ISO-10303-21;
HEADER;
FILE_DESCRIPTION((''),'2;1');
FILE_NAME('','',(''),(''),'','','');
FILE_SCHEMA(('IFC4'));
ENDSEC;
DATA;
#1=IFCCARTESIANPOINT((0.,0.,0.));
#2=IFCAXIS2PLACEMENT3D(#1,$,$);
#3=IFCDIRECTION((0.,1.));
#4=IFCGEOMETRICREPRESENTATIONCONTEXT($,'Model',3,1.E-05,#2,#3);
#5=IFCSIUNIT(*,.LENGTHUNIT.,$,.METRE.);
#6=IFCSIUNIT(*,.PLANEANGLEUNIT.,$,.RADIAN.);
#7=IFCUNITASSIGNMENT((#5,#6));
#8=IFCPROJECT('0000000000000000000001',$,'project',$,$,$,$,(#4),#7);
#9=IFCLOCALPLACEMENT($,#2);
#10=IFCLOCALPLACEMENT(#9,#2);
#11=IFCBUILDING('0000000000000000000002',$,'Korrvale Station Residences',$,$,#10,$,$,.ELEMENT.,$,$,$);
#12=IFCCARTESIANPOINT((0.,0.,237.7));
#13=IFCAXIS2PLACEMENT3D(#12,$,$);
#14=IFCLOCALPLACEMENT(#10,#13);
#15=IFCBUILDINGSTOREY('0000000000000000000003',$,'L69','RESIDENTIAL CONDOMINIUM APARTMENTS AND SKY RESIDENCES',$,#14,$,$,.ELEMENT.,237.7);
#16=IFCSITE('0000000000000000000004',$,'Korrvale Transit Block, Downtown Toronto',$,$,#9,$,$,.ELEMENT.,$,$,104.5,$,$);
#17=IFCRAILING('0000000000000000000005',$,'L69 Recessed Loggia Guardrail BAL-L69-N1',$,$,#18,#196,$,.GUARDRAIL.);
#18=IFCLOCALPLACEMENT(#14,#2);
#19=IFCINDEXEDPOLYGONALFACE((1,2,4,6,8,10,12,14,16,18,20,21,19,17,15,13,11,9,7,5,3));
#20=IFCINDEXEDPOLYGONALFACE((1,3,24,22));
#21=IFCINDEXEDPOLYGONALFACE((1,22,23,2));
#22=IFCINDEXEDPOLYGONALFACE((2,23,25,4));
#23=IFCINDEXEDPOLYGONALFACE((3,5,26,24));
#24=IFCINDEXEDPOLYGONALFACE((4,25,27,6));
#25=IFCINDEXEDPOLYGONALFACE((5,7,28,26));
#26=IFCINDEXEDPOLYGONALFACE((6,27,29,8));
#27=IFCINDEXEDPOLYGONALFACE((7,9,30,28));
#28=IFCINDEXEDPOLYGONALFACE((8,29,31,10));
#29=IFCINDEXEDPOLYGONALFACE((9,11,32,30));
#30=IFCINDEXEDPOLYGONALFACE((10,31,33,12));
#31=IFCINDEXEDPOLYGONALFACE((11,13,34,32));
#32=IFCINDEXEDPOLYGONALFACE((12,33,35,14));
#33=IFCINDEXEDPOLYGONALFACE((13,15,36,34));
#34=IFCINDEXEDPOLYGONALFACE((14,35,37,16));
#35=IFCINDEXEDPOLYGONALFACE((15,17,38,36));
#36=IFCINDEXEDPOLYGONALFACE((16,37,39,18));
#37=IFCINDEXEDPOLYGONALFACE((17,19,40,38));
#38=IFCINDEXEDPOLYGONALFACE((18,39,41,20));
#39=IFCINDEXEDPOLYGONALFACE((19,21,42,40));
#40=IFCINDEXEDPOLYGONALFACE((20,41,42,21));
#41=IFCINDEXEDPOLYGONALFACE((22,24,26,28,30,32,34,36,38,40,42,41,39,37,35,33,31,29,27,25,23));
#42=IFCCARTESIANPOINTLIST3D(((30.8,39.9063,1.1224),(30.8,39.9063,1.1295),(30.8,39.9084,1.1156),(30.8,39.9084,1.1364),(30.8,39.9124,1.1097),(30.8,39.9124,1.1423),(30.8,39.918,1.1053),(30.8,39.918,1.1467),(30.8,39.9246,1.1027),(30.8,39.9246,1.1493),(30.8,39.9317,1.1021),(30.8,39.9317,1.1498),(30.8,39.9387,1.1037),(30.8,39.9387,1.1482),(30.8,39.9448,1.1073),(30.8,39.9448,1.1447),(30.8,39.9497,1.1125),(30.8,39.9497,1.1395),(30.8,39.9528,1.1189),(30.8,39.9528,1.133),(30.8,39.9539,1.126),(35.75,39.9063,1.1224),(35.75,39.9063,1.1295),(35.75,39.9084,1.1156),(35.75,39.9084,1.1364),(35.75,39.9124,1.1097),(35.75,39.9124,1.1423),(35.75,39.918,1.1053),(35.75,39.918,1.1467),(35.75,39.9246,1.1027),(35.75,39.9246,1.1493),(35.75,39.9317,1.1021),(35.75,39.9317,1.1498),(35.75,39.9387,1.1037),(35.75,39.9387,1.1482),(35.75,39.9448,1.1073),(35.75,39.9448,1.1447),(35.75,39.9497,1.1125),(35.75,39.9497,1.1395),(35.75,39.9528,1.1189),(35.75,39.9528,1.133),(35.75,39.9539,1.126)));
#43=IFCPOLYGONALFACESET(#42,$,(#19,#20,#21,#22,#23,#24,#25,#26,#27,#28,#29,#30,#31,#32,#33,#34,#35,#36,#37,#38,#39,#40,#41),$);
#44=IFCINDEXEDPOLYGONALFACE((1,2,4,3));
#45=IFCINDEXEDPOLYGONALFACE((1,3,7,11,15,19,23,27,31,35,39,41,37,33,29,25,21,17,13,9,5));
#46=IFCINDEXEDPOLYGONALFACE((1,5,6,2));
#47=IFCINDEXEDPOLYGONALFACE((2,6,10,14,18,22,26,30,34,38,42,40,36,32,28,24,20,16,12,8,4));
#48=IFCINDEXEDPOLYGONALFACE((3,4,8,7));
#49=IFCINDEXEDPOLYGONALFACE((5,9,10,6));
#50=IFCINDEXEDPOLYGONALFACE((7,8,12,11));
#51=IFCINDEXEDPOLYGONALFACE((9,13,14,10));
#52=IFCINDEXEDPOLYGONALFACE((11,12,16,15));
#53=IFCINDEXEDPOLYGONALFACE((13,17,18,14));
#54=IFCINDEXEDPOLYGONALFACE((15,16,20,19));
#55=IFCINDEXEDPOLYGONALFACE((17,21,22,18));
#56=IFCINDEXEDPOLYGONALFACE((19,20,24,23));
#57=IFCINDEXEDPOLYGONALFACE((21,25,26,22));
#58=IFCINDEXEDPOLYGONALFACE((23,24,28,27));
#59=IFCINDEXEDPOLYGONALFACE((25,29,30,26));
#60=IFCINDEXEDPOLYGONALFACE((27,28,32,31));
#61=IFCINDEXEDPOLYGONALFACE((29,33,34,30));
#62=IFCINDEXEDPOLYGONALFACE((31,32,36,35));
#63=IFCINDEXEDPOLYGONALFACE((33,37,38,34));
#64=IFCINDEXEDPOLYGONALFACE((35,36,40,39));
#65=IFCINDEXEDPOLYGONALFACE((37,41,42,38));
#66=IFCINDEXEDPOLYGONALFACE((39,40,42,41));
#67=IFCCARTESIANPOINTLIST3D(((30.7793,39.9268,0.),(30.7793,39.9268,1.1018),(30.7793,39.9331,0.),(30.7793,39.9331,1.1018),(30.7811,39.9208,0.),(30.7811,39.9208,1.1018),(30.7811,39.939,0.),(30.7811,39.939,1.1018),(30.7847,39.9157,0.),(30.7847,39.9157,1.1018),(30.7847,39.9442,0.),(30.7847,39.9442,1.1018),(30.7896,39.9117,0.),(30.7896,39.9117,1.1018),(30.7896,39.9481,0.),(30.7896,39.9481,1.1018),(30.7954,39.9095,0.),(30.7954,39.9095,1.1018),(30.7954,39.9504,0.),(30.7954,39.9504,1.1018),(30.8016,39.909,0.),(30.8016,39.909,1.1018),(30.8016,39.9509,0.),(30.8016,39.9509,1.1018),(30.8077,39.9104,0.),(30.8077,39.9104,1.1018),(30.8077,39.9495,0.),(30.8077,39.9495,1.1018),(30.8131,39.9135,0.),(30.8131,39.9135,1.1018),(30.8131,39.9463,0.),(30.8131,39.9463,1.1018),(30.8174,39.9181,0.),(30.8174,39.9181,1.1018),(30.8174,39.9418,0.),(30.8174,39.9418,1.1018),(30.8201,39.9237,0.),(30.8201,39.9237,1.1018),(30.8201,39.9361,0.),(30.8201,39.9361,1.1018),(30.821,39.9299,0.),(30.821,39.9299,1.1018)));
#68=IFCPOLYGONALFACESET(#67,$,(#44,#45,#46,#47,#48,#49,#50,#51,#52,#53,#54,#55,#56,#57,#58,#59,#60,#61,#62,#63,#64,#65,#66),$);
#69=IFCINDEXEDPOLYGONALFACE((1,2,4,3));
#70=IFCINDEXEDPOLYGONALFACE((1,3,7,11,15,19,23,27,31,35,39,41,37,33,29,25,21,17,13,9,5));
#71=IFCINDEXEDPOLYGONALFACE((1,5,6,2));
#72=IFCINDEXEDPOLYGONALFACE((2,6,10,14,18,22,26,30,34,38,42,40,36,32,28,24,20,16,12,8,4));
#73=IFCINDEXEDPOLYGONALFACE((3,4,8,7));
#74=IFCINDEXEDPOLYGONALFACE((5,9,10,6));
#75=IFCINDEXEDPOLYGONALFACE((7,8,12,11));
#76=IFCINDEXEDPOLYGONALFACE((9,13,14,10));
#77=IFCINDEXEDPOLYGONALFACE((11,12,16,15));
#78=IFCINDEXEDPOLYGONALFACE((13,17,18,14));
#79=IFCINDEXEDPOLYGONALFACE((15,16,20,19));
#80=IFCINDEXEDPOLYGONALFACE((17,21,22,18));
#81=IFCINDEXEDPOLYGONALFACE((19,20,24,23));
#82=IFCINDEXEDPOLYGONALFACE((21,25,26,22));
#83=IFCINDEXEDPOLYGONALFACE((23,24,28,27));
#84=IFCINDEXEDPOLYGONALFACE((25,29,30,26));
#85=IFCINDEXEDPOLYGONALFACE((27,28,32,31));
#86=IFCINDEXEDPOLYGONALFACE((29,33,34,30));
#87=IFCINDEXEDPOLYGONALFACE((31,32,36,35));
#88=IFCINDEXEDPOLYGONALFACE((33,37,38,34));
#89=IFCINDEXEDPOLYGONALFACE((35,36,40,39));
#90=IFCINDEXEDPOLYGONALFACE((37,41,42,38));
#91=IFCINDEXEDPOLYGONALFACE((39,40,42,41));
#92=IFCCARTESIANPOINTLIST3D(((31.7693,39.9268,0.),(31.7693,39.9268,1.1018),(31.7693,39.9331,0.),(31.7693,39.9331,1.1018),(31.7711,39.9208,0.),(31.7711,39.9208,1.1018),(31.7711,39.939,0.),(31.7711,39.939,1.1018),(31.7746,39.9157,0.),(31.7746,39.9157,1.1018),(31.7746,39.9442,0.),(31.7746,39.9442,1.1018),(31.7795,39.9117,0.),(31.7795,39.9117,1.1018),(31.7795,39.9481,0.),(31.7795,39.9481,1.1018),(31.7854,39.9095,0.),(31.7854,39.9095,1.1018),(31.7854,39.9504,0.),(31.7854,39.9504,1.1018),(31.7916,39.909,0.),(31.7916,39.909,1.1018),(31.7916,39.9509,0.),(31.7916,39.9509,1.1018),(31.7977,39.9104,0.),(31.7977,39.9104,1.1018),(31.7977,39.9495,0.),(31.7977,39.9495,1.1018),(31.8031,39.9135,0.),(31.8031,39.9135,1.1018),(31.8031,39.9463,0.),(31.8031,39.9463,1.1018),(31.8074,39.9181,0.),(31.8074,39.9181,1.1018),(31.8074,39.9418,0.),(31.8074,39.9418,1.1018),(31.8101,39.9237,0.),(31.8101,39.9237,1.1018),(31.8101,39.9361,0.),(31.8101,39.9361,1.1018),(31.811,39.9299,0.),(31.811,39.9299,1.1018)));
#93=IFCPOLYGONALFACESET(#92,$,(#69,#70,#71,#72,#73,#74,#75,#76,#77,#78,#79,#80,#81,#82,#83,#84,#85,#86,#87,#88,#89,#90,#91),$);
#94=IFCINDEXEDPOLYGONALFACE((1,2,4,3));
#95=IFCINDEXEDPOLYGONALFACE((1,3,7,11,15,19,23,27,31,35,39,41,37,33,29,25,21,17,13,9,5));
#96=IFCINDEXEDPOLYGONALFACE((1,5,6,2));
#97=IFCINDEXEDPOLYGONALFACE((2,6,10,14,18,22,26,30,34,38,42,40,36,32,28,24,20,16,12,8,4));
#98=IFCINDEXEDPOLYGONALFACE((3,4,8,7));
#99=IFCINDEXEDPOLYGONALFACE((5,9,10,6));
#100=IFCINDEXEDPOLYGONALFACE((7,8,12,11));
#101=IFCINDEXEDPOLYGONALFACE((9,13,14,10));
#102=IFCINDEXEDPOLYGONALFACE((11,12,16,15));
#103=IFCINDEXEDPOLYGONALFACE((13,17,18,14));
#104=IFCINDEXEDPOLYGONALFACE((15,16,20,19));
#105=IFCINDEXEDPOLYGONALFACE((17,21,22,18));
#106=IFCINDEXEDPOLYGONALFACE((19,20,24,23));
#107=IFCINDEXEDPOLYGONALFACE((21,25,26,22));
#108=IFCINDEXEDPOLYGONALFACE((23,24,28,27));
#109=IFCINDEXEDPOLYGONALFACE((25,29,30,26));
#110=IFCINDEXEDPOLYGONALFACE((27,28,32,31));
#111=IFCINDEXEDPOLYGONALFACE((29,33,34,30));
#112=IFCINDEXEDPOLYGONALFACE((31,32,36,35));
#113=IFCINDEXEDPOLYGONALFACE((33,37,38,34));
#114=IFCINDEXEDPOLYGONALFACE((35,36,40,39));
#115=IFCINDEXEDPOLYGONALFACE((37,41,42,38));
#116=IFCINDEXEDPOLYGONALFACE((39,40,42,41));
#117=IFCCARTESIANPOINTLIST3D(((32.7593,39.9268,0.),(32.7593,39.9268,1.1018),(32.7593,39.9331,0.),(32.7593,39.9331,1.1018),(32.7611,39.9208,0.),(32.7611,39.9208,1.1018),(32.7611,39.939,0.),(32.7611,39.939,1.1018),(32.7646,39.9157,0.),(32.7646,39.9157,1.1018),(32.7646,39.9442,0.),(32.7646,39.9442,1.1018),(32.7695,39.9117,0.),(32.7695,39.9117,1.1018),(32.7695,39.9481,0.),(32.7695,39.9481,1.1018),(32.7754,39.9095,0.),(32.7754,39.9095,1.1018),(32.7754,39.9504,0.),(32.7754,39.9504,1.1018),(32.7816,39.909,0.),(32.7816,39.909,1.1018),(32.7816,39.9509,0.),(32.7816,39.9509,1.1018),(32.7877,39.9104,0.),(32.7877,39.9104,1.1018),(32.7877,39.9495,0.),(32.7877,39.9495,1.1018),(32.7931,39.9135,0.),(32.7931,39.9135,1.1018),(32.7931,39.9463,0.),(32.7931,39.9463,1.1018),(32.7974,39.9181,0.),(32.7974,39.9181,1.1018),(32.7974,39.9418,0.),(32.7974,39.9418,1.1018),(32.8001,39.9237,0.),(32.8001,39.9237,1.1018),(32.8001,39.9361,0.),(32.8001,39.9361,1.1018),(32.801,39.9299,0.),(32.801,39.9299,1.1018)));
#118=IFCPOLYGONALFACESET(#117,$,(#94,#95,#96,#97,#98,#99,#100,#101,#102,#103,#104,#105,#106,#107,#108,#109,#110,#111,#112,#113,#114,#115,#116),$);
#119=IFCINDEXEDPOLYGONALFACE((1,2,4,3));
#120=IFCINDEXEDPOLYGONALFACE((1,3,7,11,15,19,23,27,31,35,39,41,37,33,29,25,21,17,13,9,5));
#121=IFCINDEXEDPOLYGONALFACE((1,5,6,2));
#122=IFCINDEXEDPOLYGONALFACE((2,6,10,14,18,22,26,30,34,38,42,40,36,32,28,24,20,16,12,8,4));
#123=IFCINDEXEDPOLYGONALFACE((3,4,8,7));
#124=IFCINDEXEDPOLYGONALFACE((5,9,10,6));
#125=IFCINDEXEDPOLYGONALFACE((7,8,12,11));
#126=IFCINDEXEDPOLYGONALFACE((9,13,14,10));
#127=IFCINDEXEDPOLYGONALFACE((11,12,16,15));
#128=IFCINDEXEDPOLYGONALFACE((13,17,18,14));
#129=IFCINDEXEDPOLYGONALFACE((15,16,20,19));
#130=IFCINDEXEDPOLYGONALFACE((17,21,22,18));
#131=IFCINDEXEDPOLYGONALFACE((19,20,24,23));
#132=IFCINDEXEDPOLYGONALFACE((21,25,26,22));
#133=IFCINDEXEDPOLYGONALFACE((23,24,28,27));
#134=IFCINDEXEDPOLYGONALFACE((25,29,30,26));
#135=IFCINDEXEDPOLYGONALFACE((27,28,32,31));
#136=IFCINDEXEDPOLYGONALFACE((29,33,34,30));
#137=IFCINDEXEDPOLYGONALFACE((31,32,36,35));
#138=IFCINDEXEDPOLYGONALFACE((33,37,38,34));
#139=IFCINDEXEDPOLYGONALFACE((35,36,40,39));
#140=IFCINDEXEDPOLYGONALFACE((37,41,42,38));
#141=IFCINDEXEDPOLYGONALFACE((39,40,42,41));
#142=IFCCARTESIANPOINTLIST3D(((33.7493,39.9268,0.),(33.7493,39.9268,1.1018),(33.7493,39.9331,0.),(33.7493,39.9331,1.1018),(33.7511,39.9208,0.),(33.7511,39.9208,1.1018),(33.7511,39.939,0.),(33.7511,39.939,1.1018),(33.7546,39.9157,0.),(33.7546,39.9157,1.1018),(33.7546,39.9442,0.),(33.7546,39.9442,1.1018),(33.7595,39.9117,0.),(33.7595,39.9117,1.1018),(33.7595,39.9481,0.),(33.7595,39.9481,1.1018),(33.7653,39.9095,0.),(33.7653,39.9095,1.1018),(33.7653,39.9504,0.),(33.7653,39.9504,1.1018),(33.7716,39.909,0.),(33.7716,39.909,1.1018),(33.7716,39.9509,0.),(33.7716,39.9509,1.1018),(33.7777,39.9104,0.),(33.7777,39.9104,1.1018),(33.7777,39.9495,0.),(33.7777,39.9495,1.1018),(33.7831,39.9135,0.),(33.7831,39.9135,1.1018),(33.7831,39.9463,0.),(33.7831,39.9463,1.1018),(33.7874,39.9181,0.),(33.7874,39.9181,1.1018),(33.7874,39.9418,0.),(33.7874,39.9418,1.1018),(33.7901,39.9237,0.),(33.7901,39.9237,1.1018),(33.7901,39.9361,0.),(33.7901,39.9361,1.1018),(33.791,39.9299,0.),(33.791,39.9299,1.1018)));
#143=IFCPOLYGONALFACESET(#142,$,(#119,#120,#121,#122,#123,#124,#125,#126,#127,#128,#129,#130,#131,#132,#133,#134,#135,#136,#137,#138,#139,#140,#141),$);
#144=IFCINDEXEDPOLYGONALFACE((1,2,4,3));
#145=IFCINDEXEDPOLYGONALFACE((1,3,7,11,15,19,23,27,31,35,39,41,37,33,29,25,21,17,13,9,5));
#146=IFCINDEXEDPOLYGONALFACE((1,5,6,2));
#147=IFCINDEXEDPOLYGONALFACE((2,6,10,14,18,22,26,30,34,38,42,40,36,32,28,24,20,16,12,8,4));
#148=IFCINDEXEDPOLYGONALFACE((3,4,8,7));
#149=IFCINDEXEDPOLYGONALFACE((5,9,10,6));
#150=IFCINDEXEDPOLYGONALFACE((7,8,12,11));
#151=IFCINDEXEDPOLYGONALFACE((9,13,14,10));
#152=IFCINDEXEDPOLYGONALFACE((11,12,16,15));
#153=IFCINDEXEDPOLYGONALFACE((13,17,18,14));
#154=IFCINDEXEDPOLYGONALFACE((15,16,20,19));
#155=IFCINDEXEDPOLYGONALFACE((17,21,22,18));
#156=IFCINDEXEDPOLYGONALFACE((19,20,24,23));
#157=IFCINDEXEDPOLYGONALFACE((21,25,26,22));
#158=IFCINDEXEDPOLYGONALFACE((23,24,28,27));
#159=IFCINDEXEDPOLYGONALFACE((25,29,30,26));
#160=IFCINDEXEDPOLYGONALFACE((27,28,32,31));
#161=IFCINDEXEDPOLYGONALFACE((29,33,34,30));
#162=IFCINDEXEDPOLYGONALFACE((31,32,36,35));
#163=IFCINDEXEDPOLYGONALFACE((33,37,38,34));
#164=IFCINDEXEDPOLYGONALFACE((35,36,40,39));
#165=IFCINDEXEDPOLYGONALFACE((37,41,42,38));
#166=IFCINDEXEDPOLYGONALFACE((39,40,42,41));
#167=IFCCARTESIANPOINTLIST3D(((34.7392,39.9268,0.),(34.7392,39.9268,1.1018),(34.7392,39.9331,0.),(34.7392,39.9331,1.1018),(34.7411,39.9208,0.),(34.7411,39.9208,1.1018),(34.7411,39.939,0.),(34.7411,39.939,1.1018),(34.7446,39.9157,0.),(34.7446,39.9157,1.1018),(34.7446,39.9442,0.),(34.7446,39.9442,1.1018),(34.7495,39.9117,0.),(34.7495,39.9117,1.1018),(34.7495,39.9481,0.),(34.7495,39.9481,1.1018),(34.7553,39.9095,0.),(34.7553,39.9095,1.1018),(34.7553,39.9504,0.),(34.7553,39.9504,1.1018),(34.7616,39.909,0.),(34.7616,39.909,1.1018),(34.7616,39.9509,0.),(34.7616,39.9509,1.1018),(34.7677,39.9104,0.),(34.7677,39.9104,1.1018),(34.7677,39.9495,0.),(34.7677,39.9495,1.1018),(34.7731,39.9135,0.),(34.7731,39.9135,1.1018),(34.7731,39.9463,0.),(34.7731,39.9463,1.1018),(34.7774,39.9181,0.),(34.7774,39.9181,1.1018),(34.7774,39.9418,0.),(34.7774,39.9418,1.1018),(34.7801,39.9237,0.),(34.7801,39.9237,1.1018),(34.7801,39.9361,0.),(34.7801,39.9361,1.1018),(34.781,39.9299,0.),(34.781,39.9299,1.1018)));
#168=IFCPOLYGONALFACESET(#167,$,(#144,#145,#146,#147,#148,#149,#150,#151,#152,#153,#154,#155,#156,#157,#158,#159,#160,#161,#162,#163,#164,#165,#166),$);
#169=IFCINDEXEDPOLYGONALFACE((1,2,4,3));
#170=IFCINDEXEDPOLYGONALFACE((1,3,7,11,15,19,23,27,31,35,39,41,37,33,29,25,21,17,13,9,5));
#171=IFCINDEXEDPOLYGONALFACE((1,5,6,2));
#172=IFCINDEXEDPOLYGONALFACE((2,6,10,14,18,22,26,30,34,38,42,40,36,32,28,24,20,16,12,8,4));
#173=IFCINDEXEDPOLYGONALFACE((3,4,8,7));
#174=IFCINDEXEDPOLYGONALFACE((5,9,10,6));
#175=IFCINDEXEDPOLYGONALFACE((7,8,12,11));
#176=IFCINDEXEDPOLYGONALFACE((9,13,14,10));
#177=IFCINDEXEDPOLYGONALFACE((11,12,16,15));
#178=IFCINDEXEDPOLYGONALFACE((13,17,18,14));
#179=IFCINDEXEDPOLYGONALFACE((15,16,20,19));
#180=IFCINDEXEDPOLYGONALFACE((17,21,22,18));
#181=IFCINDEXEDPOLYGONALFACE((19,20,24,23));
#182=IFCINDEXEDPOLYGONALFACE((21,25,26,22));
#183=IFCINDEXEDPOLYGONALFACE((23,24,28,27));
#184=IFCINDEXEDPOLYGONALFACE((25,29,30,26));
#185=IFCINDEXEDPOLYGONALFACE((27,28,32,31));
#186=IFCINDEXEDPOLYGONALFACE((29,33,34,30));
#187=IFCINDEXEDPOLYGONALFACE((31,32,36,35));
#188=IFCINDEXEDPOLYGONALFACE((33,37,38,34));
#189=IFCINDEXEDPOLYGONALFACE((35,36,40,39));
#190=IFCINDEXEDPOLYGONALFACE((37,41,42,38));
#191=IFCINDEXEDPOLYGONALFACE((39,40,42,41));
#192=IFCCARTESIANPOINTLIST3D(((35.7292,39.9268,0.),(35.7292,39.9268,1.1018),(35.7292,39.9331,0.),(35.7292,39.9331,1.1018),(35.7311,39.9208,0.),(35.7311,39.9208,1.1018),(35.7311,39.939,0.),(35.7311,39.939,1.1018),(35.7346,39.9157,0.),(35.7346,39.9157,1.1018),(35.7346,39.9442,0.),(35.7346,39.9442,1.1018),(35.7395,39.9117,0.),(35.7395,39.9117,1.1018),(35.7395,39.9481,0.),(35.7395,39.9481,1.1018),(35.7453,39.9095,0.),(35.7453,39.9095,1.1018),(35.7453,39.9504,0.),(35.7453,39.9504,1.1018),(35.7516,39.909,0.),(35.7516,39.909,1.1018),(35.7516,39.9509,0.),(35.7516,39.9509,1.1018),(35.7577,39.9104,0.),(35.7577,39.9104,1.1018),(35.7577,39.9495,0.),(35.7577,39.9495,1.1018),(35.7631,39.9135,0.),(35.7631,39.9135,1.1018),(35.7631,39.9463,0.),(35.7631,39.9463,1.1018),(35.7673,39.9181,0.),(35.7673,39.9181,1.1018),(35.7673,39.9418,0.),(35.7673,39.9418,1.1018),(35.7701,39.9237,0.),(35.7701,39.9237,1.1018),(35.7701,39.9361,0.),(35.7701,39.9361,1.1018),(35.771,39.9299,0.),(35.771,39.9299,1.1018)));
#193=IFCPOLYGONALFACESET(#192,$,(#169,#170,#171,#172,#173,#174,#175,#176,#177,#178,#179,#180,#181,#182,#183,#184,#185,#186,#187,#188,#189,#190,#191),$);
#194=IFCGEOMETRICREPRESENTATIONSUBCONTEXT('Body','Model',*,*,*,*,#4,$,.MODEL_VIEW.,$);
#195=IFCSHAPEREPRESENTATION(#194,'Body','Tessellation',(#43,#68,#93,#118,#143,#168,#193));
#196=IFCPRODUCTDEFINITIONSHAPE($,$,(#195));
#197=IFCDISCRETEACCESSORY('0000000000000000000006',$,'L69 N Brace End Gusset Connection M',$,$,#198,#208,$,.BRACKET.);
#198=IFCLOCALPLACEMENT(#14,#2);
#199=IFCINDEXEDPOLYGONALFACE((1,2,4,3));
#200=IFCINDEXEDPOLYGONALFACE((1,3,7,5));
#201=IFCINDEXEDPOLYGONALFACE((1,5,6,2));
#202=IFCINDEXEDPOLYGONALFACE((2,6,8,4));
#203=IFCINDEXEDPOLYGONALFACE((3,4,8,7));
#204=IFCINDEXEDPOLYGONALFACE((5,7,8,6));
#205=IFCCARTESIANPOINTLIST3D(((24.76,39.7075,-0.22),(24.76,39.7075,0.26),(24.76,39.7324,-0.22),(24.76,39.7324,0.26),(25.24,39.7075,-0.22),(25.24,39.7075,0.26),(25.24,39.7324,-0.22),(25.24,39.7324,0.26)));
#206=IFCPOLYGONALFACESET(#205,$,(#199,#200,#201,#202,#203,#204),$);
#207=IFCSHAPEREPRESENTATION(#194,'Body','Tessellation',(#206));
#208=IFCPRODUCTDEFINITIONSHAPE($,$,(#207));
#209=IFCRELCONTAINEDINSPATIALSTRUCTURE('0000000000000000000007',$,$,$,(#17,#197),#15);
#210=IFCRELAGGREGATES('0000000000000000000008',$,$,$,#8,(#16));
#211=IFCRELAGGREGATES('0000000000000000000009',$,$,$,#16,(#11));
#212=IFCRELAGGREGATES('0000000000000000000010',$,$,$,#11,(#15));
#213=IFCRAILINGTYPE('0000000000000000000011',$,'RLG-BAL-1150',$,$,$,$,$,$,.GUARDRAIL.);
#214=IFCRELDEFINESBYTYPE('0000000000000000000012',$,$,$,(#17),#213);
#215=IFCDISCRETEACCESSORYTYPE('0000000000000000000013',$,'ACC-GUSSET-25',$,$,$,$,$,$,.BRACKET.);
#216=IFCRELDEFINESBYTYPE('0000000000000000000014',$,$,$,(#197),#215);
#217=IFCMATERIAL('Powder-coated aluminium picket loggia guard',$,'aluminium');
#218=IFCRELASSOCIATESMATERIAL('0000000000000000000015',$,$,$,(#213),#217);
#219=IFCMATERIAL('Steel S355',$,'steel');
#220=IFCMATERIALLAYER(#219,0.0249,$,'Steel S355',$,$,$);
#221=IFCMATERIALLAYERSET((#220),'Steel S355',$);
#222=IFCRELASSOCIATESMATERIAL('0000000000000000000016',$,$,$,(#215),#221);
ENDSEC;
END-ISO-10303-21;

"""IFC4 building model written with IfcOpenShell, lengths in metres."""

from ifc_helpers import new_model, si_unit, direction, frame, origin, origin_2d, place, context, subcontext, project, spatial, rectangle, circle, extrude, material, layer, layer_set, type_object, element, save


model = new_model("IFC4")

# Units and contexts
model_context = context("Model", 3, precision=1e-05, world=origin(), true_north=direction((0.0, 1.0)))
body_context = subcontext(model_context, "Body", "Model", "MODEL_VIEW")
ifc_project = project(units=[si_unit("LENGTHUNIT", "METRE"), si_unit("PLANEANGLEUNIT", "RADIAN")], contexts=[model_context])

# Site, building, storey
site_placement = place(None, origin())
site = spatial("IfcSite", under=ifc_project, at=site_placement, Name="Korrvale Transit Block, Downtown Toronto", CompositionType="ELEMENT", RefElevation=104.5)
building_placement = place(site_placement, origin())
building = spatial("IfcBuilding", under=site, at=building_placement, Name="Korrvale Station Residences", CompositionType="ELEMENT")
storey_placement = place(building_placement, frame((0.0, 0.0, 237.7)))
storey = spatial("IfcBuildingStorey", under=building, at=storey_placement, Name="L69", Description="RESIDENTIAL CONDOMINIUM APARTMENTS AND SKY RESIDENCES", CompositionType="ELEMENT", Elevation=237.7)

# Shared definitions
ifc_material_1 = material(Name="Steel S355", Category="steel")

# Railing
ifc_material_2 = material(Name="Powder-coated aluminium picket loggia guard", Category="aluminium")
railing_type = type_object("IfcRailingType", Name="RLG-BAL-1150", PredefinedType="GUARDRAIL", material=ifc_material_2)
railing_placement = place(storey_placement, frame((30.8, 39.9299, 0.0)))
element("IfcRailing", 1, at=railing_placement, inside=storey, type_object=railing_type, Name="L69 Recessed Loggia Guardrail BAL-L69-N1", PredefinedType="GUARDRAIL", context=body_context, shape_type="SweptSolid", body=[
    extrude(circle(Radius=0.0239, at=origin_2d()), frame((0.0, 0.0, 1.126), z_axis=(1.0, 0.0, 0.0), x_axis=(0.0, 1.0, 0.0)), (0.0, 0.0, 1.0), 4.95),
    extrude(circle(Radius=0.021, at=origin_2d()), origin(), (0.0, 0.0, 1.0), 1.1018),
    extrude(circle(Radius=0.021, at=origin_2d()), frame((0.99, 0.0, 0.0)), (0.0, 0.0, 1.0), 1.1018),
    extrude(circle(Radius=0.021, at=origin_2d()), frame((1.98, 0.0, 0.0)), (0.0, 0.0, 1.0), 1.1018),
    extrude(circle(Radius=0.021, at=origin_2d()), frame((2.97, 0.0, 0.0)), (0.0, 0.0, 1.0), 1.1018),
    extrude(circle(Radius=0.021, at=origin_2d()), frame((3.96, 0.0, 0.0)), (0.0, 0.0, 1.0), 1.1018),
    extrude(circle(Radius=0.021, at=origin_2d()), frame((4.95, 0.0, 0.0)), (0.0, 0.0, 1.0), 1.1018),
])

# Discrete accessory
ifc_layer_1 = layer(ifc_material_1, 0.0249, Name="Steel S355")
ifc_layer_set_1 = layer_set([ifc_layer_1], Name="Steel S355")
discrete_accessory_type = type_object("IfcDiscreteAccessoryType", Name="ACC-GUSSET-25", PredefinedType="BRACKET", material=ifc_layer_set_1)
for number, where, z_axis, x_axis, name in (
    (2, (25.0, 39.72, -0.22), (0.0, 0.0, 1.0), (1.0, 0.0, 0.0), "L69 N Brace End Gusset Connection M"),
):
    element("IfcDiscreteAccessory", number, at=place(storey_placement, frame(where, z_axis=z_axis, x_axis=x_axis)), inside=storey, type_object=discrete_accessory_type, Name=name, PredefinedType="BRACKET", context=body_context, shape_type="SweptSolid", body=[
        extrude(rectangle(XDim=0.48, YDim=0.0249, at=origin_2d()), origin(), (0.0, 0.0, 1.0), 0.48),
    ])

save(model, "model.ifc")
